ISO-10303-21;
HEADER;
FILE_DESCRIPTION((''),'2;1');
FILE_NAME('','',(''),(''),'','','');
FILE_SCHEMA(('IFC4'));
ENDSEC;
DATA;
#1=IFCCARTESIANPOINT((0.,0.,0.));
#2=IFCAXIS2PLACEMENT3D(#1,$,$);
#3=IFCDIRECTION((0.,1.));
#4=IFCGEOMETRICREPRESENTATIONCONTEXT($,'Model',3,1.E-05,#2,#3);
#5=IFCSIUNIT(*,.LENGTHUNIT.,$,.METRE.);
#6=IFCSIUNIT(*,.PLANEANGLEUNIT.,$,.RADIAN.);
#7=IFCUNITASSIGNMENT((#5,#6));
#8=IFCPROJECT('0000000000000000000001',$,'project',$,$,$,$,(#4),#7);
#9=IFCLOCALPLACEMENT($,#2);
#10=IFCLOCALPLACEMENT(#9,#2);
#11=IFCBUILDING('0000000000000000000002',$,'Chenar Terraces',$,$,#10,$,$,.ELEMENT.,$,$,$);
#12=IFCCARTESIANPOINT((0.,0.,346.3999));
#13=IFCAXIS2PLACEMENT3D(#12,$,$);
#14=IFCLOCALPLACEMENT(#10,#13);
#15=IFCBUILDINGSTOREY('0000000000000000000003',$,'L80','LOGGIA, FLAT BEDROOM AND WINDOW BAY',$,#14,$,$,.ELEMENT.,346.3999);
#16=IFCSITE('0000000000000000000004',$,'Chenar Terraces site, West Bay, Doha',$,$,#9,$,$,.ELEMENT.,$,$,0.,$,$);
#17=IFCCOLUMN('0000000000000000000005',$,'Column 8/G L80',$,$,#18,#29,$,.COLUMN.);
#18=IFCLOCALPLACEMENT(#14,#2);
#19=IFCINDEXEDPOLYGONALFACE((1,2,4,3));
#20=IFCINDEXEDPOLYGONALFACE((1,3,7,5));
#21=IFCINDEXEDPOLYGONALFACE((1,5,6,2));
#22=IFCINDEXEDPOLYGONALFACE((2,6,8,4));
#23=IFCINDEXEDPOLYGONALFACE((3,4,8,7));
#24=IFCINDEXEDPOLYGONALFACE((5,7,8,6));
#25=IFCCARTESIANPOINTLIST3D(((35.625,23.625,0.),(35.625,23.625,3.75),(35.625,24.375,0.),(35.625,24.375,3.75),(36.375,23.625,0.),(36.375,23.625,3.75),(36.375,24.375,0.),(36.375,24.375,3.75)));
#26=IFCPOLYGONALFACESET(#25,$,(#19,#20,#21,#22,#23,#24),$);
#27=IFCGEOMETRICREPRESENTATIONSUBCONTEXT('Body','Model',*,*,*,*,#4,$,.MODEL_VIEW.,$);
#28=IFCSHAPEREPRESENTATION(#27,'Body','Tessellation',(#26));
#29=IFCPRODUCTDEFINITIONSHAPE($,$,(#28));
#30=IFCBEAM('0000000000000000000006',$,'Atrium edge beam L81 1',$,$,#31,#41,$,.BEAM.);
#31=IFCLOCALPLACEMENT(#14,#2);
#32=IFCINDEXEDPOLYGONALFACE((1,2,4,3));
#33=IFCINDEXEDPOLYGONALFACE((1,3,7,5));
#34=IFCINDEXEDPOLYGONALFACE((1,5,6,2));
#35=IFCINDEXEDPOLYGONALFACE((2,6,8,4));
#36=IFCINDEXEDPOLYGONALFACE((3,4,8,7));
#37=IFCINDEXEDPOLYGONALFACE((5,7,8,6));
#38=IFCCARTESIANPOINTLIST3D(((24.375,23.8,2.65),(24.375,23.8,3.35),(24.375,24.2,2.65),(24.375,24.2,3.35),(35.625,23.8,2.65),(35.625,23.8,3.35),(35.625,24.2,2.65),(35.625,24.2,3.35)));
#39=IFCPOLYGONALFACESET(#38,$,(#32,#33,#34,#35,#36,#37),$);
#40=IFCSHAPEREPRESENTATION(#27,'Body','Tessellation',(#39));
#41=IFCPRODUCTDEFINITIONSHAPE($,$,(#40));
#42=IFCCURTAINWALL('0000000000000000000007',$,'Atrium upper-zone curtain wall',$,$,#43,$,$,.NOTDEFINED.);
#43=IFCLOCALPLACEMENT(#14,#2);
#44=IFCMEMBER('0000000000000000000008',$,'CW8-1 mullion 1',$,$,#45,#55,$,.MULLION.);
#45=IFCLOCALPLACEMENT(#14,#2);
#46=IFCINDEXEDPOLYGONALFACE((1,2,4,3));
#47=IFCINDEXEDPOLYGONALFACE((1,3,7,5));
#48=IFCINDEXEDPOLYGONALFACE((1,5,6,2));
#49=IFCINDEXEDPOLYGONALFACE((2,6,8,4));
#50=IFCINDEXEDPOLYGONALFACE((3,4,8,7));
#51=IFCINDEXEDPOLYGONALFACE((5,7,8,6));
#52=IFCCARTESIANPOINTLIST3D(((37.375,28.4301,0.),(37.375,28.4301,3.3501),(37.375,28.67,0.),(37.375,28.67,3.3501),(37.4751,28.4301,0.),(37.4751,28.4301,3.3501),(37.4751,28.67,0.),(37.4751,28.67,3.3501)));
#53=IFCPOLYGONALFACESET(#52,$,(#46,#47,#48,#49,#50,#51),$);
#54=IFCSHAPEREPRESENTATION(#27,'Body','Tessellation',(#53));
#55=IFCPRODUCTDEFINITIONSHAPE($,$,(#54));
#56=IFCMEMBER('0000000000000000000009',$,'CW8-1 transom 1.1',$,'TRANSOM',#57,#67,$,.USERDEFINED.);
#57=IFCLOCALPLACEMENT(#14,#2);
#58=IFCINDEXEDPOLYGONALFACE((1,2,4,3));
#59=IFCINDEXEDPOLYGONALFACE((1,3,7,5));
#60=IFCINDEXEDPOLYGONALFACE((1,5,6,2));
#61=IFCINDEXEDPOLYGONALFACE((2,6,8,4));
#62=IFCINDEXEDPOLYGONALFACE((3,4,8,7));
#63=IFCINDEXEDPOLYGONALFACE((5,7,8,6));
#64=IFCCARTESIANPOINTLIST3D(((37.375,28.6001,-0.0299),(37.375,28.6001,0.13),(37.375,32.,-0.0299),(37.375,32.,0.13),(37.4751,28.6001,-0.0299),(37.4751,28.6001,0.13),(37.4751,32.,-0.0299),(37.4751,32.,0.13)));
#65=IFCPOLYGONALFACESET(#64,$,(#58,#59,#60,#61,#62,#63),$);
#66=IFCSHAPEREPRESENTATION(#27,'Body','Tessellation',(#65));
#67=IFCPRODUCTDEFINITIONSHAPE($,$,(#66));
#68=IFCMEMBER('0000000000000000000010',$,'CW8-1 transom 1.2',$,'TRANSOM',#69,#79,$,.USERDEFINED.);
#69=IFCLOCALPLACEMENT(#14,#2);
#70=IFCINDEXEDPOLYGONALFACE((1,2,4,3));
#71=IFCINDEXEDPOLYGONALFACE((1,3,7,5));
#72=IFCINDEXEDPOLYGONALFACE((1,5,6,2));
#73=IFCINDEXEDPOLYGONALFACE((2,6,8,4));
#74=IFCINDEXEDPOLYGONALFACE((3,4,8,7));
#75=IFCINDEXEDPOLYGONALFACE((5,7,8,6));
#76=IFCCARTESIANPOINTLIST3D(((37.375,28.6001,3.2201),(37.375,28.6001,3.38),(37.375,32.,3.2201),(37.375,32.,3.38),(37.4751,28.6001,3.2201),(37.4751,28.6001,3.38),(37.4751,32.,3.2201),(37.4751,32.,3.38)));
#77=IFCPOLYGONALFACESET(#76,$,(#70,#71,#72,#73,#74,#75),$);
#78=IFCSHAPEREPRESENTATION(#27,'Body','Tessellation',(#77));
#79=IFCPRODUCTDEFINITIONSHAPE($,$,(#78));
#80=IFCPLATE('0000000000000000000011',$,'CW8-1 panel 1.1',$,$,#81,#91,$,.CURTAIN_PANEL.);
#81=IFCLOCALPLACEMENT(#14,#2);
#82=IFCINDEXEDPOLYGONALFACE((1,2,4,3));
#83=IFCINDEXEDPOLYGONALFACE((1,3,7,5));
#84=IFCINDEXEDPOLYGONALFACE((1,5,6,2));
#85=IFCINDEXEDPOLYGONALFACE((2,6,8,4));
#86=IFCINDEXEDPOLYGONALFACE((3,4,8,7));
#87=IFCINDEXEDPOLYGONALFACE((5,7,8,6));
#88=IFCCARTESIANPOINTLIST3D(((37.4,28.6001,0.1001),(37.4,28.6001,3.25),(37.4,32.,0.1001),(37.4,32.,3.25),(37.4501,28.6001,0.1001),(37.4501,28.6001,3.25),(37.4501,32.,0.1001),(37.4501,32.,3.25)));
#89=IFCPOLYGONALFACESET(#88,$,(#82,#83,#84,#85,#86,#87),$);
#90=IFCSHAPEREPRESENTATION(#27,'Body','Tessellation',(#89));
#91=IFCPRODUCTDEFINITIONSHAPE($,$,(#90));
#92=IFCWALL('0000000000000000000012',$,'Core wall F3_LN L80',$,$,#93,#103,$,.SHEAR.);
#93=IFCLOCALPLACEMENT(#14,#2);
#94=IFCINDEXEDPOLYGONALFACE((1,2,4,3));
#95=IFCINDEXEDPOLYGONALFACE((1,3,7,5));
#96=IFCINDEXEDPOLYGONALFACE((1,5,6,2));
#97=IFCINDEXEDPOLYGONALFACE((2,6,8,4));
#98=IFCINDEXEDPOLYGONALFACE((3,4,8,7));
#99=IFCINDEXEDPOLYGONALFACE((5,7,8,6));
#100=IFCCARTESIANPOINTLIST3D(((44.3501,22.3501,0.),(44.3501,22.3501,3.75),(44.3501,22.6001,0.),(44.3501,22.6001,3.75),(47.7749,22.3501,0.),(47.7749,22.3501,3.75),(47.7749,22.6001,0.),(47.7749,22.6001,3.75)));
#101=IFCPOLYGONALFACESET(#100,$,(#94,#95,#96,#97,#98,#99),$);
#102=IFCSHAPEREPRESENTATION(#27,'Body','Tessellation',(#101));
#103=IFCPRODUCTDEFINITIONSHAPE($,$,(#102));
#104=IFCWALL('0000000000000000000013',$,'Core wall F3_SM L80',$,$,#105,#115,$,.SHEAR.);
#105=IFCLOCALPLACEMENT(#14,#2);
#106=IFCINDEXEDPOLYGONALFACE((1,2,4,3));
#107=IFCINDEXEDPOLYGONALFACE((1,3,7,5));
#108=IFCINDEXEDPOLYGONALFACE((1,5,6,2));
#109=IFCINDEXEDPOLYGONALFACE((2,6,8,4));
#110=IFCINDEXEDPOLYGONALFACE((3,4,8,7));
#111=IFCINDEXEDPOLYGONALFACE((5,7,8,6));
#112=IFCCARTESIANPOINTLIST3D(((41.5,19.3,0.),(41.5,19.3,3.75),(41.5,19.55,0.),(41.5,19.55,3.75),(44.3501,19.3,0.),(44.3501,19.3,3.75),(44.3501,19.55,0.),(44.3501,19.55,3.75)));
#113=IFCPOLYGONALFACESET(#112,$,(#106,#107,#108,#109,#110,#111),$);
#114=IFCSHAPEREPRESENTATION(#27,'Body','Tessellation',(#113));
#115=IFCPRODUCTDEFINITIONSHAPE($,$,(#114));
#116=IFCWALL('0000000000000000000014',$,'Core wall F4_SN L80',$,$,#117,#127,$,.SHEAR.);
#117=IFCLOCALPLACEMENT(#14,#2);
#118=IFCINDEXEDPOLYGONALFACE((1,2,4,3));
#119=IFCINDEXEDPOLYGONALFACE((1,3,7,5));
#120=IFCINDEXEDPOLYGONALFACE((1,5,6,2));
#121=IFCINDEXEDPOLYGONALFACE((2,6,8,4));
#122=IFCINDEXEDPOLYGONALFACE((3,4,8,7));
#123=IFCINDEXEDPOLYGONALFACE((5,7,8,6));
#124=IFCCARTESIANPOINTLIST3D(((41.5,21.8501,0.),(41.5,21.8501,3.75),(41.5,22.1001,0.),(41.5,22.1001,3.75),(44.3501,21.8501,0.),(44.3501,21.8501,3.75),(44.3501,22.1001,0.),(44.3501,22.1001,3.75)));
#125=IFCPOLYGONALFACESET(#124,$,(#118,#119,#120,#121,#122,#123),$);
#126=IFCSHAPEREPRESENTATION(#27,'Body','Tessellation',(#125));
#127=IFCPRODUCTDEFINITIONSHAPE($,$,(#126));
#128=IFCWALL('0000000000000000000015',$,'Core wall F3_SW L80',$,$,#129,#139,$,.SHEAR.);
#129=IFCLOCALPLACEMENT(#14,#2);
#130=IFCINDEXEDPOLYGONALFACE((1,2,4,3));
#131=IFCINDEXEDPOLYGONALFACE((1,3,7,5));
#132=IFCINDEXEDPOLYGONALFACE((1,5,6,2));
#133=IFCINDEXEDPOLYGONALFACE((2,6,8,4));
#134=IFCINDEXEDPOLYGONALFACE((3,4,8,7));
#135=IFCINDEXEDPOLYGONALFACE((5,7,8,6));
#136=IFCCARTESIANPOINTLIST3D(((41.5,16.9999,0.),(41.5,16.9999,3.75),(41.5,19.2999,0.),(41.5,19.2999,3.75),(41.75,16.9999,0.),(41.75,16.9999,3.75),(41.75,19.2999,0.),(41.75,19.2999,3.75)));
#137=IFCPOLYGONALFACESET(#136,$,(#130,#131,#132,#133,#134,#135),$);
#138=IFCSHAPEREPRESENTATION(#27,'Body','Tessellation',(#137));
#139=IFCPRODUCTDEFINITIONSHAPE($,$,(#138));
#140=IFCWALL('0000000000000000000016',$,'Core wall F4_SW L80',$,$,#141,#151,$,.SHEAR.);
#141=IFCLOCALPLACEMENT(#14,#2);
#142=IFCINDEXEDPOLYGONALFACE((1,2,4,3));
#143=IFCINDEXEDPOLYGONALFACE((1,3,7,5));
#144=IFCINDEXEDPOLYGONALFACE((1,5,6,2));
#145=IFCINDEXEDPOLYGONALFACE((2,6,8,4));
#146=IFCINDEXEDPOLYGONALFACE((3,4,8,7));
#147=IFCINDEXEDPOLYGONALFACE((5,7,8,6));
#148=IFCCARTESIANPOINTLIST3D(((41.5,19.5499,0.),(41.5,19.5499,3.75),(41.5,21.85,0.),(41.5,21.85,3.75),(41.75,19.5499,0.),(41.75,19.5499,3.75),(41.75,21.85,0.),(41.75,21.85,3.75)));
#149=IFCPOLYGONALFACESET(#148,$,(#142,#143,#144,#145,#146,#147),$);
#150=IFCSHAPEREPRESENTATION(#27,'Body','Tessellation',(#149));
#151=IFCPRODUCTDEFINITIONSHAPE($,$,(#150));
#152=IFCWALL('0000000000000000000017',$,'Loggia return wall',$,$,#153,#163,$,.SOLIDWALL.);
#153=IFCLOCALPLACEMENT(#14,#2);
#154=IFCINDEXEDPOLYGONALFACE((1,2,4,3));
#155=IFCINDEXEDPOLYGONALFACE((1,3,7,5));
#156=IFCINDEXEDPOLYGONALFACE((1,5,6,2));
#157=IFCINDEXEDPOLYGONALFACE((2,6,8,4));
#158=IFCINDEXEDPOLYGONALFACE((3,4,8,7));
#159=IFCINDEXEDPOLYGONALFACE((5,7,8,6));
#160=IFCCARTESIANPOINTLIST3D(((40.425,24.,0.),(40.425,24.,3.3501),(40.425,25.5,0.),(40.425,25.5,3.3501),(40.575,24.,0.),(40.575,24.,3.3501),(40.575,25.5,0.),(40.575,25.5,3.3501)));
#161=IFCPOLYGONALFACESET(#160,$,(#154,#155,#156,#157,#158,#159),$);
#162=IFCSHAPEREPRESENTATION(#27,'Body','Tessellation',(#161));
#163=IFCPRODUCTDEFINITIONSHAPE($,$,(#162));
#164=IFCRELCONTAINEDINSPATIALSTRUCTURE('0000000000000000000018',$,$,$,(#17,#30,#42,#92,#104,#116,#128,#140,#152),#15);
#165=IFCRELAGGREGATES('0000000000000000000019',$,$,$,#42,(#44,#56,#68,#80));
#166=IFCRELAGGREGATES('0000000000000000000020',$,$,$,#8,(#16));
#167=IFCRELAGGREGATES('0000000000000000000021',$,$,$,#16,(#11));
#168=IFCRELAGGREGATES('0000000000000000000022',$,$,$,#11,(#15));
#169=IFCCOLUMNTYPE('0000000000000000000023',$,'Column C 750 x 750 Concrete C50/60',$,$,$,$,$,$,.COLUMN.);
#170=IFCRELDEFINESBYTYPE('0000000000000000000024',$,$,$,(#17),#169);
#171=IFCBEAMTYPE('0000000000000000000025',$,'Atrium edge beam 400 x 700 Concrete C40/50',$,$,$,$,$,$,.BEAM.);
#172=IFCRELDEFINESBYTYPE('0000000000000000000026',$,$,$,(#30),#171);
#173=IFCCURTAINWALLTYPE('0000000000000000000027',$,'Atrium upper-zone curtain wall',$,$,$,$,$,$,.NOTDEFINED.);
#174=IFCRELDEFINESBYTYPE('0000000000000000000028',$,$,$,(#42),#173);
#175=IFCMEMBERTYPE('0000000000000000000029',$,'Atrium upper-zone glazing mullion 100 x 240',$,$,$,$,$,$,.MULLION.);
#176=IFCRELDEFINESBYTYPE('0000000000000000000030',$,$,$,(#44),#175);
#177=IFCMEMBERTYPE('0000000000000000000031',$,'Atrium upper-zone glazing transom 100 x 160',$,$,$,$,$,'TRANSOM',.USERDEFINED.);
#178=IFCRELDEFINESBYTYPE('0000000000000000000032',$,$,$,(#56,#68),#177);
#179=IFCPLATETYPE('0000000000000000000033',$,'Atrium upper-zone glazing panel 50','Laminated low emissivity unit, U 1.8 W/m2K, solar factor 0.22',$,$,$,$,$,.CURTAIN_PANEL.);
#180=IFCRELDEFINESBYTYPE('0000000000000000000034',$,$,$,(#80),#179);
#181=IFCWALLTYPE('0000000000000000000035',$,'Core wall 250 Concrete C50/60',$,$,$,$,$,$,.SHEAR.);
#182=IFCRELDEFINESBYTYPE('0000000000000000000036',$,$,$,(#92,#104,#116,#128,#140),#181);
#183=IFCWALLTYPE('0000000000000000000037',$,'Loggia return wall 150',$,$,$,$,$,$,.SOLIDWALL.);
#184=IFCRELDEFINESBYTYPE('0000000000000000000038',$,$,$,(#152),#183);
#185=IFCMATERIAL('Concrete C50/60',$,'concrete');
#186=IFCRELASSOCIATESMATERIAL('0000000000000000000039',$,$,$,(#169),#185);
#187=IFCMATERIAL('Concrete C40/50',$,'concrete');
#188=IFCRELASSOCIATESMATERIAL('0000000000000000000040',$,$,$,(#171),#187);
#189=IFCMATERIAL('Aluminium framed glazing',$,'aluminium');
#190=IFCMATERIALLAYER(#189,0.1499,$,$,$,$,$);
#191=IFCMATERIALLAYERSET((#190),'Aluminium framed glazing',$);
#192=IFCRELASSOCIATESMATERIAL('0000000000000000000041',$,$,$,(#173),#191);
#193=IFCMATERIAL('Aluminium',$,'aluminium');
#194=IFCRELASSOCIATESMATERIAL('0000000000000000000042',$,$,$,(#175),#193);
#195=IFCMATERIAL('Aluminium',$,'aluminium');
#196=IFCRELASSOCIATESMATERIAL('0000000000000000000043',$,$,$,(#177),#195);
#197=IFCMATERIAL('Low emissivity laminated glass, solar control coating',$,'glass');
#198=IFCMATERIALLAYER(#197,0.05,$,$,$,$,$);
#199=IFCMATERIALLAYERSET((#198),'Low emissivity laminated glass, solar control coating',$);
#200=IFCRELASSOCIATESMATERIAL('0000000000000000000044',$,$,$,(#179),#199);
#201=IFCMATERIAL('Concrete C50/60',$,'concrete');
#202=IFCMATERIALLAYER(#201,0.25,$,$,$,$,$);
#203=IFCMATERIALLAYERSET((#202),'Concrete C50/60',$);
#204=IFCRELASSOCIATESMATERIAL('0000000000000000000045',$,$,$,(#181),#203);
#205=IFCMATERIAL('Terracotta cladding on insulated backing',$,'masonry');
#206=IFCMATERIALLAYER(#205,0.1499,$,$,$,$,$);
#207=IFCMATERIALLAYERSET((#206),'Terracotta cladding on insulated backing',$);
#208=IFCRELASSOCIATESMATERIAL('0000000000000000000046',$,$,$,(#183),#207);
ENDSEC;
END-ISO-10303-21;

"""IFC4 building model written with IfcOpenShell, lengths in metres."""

from ifc_helpers import new_model, si_unit, direction, frame, frame_2d, origin, origin_2d, place, context, subcontext, project, spatial, rectangle, extrude, material, layer, layer_set, material_profile, profile_set, type_object, element, aggregate, save


model = new_model("IFC4")

# Units and contexts
model_context = context("Model", 3, precision=1e-05, world=origin(), true_north=direction((0.0, 1.0)))
body_context = subcontext(model_context, "Body", "Model", "MODEL_VIEW")
ifc_project = project(units=[si_unit("LENGTHUNIT", "METRE"), si_unit("PLANEANGLEUNIT", "RADIAN")], contexts=[model_context])

# Site, building, storey
site_placement = place(None, origin())
site = spatial("IfcSite", under=ifc_project, at=site_placement, Name="Chenar Terraces site, West Bay, Doha", CompositionType="ELEMENT", RefElevation=0.0)
building_placement = place(site_placement, origin())
building = spatial("IfcBuilding", under=site, at=building_placement, Name="Chenar Terraces", CompositionType="ELEMENT")
storey_placement = place(building_placement, frame((0.0, 0.0, 346.3999)))
storey = spatial("IfcBuildingStorey", under=building, at=storey_placement, Name="L80", Description="LOGGIA, FLAT BEDROOM AND WINDOW BAY", CompositionType="ELEMENT", Elevation=346.3999)

# Column
ifc_material_1 = material(Name="Concrete C50/60", Category="concrete")
ifc_material_profile_1 = material_profile(ifc_material_1, rectangle(XDim=0.75, YDim=0.75, at=origin_2d()), Name="C 750 x 750")
ifc_profile_set_1 = profile_set([ifc_material_profile_1], Name="Concrete C50/60")
column_type = type_object("IfcColumnType", Name="Column C 750 x 750 Concrete C50/60", PredefinedType="COLUMN", material=ifc_profile_set_1)
column_placement = place(storey_placement, frame((36.0, 24.0, 0.0), z_axis=(0.0, 0.0, 1.0), x_axis=(1.0, 0.0, 0.0)))
element("IfcColumn", 1, at=column_placement, inside=storey, type_object=column_type, Name="Column 8/G L80", PredefinedType="COLUMN", context=body_context, shape_type="SweptSolid", body=[
    extrude(rectangle(XDim=0.75, YDim=0.75, at=origin_2d()), origin(), (0.0, 0.0, 1.0), 3.75),
])

# Beam
ifc_material_2 = material(Name="Concrete C40/50", Category="concrete")
ifc_material_profile_2 = material_profile(ifc_material_2, rectangle(XDim=0.3999, YDim=0.7, at=origin_2d()), Name="RC 400 x 700")
ifc_profile_set_2 = profile_set([ifc_material_profile_2], Name="Concrete C40/50")
beam_type = type_object("IfcBeamType", Name="Atrium edge beam 400 x 700 Concrete C40/50", PredefinedType="BEAM", material=ifc_profile_set_2)
beam_placement = place(storey_placement, frame((24.375, 24.0, 3.0), z_axis=(1.0, 0.0, 0.0), x_axis=(0.0, 1.0, 0.0)))
element("IfcBeam", 2, at=beam_placement, inside=storey, type_object=beam_type, Name="Atrium edge beam L81 1", PredefinedType="BEAM", context=body_context, shape_type="SweptSolid", body=[
    extrude(rectangle(XDim=0.3999, YDim=0.7, at=origin_2d()), origin(), (0.0, 0.0, 1.0), 11.25),
])

# Curtain wall, members, plate
ifc_material_3 = material(Name="Aluminium framed glazing", Category="aluminium")
ifc_layer_1 = layer(ifc_material_3, 0.1499)
ifc_layer_set_1 = layer_set([ifc_layer_1], Name="Aluminium framed glazing")
curtain_wall_type = type_object("IfcCurtainWallType", Name="Atrium upper-zone curtain wall", PredefinedType="NOTDEFINED", material=ifc_layer_set_1)
curtain_wall_placement = place(storey_placement, origin())
curtain_wall = element("IfcCurtainWall", 3, at=curtain_wall_placement, inside=storey, type_object=curtain_wall_type, Name="Atrium upper-zone curtain wall", PredefinedType="NOTDEFINED")
ifc_material_4 = material(Name="Aluminium", Category="aluminium")
ifc_material_profile_3 = material_profile(ifc_material_4, rectangle(XDim=0.1001, YDim=0.24, at=origin_2d()), Name="Atrium upper-zone glazing mullion 100 x 240")
ifc_profile_set_3 = profile_set([ifc_material_profile_3], Name="Aluminium")
member_type_1 = type_object("IfcMemberType", Name="Atrium upper-zone glazing mullion 100 x 240", PredefinedType="MULLION", material=ifc_profile_set_3)
member_1_placement = place(storey_placement, frame((37.425, 28.55, 0.0), z_axis=(0.0, 0.0, 1.0), x_axis=(-1.0, 0.0, 0.0)))
member_1 = element("IfcMember", 4, at=member_1_placement, type_object=member_type_1, Name="CW8-1 mullion 1", PredefinedType="MULLION", context=body_context, shape_type="SweptSolid", body=[
    extrude(rectangle(XDim=0.1001, YDim=0.24, at=origin_2d()), origin(), (0.0, 0.0, 1.0), 3.3501),
])
ifc_material_5 = material(Name="Aluminium", Category="aluminium")
ifc_material_profile_4 = material_profile(ifc_material_5, rectangle(XDim=0.1001, YDim=0.1599, at=origin_2d()), Name="Atrium upper-zone glazing transom 100 x 160")
ifc_profile_set_4 = profile_set([ifc_material_profile_4], Name="Aluminium")
member_type_2 = type_object("IfcMemberType", Name="Atrium upper-zone glazing transom 100 x 160", ElementType="TRANSOM", PredefinedType="USERDEFINED", material=ifc_profile_set_4)
member_2_placement = place(storey_placement, frame((37.425, 28.6001, 0.05), z_axis=(0.0, 1.0, 0.0), x_axis=(-1.0, 0.0, 0.0)))
member_2 = element("IfcMember", 5, at=member_2_placement, type_object=member_type_2, Name="CW8-1 transom 1.1", ObjectType="TRANSOM", PredefinedType="USERDEFINED", context=body_context, shape_type="SweptSolid", body=[
    extrude(rectangle(XDim=0.1001, YDim=0.1599, at=origin_2d()), origin(), (0.0, 0.0, 1.0), 3.3999),
])
member_3_placement = place(storey_placement, frame((37.425, 28.6001, 3.3), z_axis=(0.0, 1.0, 0.0), x_axis=(-1.0, 0.0, 0.0)))
member_3 = element("IfcMember", 6, at=member_3_placement, type_object=member_type_2, Name="CW8-1 transom 1.2", ObjectType="TRANSOM", PredefinedType="USERDEFINED", context=body_context, shape_type="SweptSolid", body=[
    extrude(rectangle(XDim=0.1001, YDim=0.1599, at=origin_2d()), origin(), (0.0, 0.0, 1.0), 3.3999),
])
ifc_material_6 = material(Name="Low emissivity laminated glass, solar control coating", Category="glass")
ifc_layer_2 = layer(ifc_material_6, 0.05)
ifc_layer_set_2 = layer_set([ifc_layer_2], Name="Low emissivity laminated glass, solar control coating")
plate_type = type_object("IfcPlateType", Name="Atrium upper-zone glazing panel 50", Description="Laminated low emissivity unit, U 1.8 W/m2K, solar factor 0.22", PredefinedType="CURTAIN_PANEL", material=ifc_layer_set_2)
plate_placement = place(storey_placement, frame((37.425, 30.3, 0.1001), z_axis=(0.0, 0.0, 1.0), x_axis=(0.0, 1.0, 0.0)))
plate = element("IfcPlate", 7, at=plate_placement, type_object=plate_type, Name="CW8-1 panel 1.1", PredefinedType="CURTAIN_PANEL", context=body_context, shape_type="SweptSolid", body=[
    extrude(rectangle(XDim=3.3999, YDim=0.05, at=origin_2d()), origin(), (0.0, 0.0, 1.0), 3.1499),
])
aggregate(curtain_wall, [member_1, member_2, member_3, plate])

# Walls
ifc_material_7 = material(Name="Concrete C50/60", Category="concrete")
ifc_layer_3 = layer(ifc_material_7, 0.25)
ifc_layer_set_3 = layer_set([ifc_layer_3], Name="Concrete C50/60")
wall_type_1 = type_object("IfcWallType", Name="Core wall 250 Concrete C50/60", PredefinedType="SHEAR", material=ifc_layer_set_3)
wall_1_placement = place(storey_placement, frame((44.3501, 22.4751, 0.0), z_axis=(0.0, 0.0, 1.0), x_axis=(1.0, 0.0, 0.0)))
element("IfcWall", 8, at=wall_1_placement, inside=storey, type_object=wall_type_1, Name="Core wall F3_LN L80", PredefinedType="SHEAR", context=body_context, shape_type="SweptSolid", body=[
    extrude(rectangle(XDim=3.4248, YDim=0.25, at=frame_2d((1.7124, 0.0))), origin(), (0.0, 0.0, 1.0), 3.75),
])
for number, where, z_axis, x_axis, name in (
    (9, (41.5, 19.425, 0.0), (0.0, 0.0, 1.0), (1.0, 0.0, 0.0), "Core wall F3_SM L80"),
    (10, (41.5, 21.9751, 0.0), (0.0, 0.0, 1.0), (1.0, 0.0, 0.0), "Core wall F4_SN L80"),
):
    element("IfcWall", number, at=place(storey_placement, frame(where, z_axis=z_axis, x_axis=x_axis)), inside=storey, type_object=wall_type_1, Name=name, PredefinedType="SHEAR", context=body_context, shape_type="SweptSolid", body=[
        extrude(rectangle(XDim=2.8501, YDim=0.25, at=frame_2d((1.425, 0.0))), origin(), (0.0, 0.0, 1.0), 3.75),
    ])
for number, where, z_axis, x_axis, name in (
    (11, (41.625, 17.0, 0.0), (0.0, 0.0, 1.0), (0.0, 1.0, 0.0), "Core wall F3_SW L80"),
    (12, (41.625, 19.55, 0.0), (0.0, 0.0, 1.0), (0.0, 1.0, 0.0), "Core wall F4_SW L80"),
):
    element("IfcWall", number, at=place(storey_placement, frame(where, z_axis=z_axis, x_axis=x_axis)), inside=storey, type_object=wall_type_1, Name=name, PredefinedType="SHEAR", context=body_context, shape_type="SweptSolid", body=[
        extrude(rectangle(XDim=2.3, YDim=0.25, at=frame_2d((1.1499, 0.0))), origin(), (0.0, 0.0, 1.0), 3.75),
    ])
ifc_material_8 = material(Name="Terracotta cladding on insulated backing", Category="masonry")
ifc_layer_4 = layer(ifc_material_8, 0.1499)
ifc_layer_set_4 = layer_set([ifc_layer_4], Name="Terracotta cladding on insulated backing")
wall_type_2 = type_object("IfcWallType", Name="Loggia return wall 150", PredefinedType="SOLIDWALL", material=ifc_layer_set_4)
wall_2_placement = place(storey_placement, frame((40.5, 25.5, 0.0), z_axis=(0.0, 0.0, 1.0), x_axis=(0.0, -1.0, 0.0)))
element("IfcWall", 13, at=wall_2_placement, inside=storey, type_object=wall_type_2, Name="Loggia return wall", PredefinedType="SOLIDWALL", context=body_context, shape_type="SweptSolid", body=[
    extrude(rectangle(XDim=1.5, YDim=0.1499, at=frame_2d((0.75, 0.0))), origin(), (0.0, 0.0, 1.0), 3.3501),
])

save(model, "model.ifc")
